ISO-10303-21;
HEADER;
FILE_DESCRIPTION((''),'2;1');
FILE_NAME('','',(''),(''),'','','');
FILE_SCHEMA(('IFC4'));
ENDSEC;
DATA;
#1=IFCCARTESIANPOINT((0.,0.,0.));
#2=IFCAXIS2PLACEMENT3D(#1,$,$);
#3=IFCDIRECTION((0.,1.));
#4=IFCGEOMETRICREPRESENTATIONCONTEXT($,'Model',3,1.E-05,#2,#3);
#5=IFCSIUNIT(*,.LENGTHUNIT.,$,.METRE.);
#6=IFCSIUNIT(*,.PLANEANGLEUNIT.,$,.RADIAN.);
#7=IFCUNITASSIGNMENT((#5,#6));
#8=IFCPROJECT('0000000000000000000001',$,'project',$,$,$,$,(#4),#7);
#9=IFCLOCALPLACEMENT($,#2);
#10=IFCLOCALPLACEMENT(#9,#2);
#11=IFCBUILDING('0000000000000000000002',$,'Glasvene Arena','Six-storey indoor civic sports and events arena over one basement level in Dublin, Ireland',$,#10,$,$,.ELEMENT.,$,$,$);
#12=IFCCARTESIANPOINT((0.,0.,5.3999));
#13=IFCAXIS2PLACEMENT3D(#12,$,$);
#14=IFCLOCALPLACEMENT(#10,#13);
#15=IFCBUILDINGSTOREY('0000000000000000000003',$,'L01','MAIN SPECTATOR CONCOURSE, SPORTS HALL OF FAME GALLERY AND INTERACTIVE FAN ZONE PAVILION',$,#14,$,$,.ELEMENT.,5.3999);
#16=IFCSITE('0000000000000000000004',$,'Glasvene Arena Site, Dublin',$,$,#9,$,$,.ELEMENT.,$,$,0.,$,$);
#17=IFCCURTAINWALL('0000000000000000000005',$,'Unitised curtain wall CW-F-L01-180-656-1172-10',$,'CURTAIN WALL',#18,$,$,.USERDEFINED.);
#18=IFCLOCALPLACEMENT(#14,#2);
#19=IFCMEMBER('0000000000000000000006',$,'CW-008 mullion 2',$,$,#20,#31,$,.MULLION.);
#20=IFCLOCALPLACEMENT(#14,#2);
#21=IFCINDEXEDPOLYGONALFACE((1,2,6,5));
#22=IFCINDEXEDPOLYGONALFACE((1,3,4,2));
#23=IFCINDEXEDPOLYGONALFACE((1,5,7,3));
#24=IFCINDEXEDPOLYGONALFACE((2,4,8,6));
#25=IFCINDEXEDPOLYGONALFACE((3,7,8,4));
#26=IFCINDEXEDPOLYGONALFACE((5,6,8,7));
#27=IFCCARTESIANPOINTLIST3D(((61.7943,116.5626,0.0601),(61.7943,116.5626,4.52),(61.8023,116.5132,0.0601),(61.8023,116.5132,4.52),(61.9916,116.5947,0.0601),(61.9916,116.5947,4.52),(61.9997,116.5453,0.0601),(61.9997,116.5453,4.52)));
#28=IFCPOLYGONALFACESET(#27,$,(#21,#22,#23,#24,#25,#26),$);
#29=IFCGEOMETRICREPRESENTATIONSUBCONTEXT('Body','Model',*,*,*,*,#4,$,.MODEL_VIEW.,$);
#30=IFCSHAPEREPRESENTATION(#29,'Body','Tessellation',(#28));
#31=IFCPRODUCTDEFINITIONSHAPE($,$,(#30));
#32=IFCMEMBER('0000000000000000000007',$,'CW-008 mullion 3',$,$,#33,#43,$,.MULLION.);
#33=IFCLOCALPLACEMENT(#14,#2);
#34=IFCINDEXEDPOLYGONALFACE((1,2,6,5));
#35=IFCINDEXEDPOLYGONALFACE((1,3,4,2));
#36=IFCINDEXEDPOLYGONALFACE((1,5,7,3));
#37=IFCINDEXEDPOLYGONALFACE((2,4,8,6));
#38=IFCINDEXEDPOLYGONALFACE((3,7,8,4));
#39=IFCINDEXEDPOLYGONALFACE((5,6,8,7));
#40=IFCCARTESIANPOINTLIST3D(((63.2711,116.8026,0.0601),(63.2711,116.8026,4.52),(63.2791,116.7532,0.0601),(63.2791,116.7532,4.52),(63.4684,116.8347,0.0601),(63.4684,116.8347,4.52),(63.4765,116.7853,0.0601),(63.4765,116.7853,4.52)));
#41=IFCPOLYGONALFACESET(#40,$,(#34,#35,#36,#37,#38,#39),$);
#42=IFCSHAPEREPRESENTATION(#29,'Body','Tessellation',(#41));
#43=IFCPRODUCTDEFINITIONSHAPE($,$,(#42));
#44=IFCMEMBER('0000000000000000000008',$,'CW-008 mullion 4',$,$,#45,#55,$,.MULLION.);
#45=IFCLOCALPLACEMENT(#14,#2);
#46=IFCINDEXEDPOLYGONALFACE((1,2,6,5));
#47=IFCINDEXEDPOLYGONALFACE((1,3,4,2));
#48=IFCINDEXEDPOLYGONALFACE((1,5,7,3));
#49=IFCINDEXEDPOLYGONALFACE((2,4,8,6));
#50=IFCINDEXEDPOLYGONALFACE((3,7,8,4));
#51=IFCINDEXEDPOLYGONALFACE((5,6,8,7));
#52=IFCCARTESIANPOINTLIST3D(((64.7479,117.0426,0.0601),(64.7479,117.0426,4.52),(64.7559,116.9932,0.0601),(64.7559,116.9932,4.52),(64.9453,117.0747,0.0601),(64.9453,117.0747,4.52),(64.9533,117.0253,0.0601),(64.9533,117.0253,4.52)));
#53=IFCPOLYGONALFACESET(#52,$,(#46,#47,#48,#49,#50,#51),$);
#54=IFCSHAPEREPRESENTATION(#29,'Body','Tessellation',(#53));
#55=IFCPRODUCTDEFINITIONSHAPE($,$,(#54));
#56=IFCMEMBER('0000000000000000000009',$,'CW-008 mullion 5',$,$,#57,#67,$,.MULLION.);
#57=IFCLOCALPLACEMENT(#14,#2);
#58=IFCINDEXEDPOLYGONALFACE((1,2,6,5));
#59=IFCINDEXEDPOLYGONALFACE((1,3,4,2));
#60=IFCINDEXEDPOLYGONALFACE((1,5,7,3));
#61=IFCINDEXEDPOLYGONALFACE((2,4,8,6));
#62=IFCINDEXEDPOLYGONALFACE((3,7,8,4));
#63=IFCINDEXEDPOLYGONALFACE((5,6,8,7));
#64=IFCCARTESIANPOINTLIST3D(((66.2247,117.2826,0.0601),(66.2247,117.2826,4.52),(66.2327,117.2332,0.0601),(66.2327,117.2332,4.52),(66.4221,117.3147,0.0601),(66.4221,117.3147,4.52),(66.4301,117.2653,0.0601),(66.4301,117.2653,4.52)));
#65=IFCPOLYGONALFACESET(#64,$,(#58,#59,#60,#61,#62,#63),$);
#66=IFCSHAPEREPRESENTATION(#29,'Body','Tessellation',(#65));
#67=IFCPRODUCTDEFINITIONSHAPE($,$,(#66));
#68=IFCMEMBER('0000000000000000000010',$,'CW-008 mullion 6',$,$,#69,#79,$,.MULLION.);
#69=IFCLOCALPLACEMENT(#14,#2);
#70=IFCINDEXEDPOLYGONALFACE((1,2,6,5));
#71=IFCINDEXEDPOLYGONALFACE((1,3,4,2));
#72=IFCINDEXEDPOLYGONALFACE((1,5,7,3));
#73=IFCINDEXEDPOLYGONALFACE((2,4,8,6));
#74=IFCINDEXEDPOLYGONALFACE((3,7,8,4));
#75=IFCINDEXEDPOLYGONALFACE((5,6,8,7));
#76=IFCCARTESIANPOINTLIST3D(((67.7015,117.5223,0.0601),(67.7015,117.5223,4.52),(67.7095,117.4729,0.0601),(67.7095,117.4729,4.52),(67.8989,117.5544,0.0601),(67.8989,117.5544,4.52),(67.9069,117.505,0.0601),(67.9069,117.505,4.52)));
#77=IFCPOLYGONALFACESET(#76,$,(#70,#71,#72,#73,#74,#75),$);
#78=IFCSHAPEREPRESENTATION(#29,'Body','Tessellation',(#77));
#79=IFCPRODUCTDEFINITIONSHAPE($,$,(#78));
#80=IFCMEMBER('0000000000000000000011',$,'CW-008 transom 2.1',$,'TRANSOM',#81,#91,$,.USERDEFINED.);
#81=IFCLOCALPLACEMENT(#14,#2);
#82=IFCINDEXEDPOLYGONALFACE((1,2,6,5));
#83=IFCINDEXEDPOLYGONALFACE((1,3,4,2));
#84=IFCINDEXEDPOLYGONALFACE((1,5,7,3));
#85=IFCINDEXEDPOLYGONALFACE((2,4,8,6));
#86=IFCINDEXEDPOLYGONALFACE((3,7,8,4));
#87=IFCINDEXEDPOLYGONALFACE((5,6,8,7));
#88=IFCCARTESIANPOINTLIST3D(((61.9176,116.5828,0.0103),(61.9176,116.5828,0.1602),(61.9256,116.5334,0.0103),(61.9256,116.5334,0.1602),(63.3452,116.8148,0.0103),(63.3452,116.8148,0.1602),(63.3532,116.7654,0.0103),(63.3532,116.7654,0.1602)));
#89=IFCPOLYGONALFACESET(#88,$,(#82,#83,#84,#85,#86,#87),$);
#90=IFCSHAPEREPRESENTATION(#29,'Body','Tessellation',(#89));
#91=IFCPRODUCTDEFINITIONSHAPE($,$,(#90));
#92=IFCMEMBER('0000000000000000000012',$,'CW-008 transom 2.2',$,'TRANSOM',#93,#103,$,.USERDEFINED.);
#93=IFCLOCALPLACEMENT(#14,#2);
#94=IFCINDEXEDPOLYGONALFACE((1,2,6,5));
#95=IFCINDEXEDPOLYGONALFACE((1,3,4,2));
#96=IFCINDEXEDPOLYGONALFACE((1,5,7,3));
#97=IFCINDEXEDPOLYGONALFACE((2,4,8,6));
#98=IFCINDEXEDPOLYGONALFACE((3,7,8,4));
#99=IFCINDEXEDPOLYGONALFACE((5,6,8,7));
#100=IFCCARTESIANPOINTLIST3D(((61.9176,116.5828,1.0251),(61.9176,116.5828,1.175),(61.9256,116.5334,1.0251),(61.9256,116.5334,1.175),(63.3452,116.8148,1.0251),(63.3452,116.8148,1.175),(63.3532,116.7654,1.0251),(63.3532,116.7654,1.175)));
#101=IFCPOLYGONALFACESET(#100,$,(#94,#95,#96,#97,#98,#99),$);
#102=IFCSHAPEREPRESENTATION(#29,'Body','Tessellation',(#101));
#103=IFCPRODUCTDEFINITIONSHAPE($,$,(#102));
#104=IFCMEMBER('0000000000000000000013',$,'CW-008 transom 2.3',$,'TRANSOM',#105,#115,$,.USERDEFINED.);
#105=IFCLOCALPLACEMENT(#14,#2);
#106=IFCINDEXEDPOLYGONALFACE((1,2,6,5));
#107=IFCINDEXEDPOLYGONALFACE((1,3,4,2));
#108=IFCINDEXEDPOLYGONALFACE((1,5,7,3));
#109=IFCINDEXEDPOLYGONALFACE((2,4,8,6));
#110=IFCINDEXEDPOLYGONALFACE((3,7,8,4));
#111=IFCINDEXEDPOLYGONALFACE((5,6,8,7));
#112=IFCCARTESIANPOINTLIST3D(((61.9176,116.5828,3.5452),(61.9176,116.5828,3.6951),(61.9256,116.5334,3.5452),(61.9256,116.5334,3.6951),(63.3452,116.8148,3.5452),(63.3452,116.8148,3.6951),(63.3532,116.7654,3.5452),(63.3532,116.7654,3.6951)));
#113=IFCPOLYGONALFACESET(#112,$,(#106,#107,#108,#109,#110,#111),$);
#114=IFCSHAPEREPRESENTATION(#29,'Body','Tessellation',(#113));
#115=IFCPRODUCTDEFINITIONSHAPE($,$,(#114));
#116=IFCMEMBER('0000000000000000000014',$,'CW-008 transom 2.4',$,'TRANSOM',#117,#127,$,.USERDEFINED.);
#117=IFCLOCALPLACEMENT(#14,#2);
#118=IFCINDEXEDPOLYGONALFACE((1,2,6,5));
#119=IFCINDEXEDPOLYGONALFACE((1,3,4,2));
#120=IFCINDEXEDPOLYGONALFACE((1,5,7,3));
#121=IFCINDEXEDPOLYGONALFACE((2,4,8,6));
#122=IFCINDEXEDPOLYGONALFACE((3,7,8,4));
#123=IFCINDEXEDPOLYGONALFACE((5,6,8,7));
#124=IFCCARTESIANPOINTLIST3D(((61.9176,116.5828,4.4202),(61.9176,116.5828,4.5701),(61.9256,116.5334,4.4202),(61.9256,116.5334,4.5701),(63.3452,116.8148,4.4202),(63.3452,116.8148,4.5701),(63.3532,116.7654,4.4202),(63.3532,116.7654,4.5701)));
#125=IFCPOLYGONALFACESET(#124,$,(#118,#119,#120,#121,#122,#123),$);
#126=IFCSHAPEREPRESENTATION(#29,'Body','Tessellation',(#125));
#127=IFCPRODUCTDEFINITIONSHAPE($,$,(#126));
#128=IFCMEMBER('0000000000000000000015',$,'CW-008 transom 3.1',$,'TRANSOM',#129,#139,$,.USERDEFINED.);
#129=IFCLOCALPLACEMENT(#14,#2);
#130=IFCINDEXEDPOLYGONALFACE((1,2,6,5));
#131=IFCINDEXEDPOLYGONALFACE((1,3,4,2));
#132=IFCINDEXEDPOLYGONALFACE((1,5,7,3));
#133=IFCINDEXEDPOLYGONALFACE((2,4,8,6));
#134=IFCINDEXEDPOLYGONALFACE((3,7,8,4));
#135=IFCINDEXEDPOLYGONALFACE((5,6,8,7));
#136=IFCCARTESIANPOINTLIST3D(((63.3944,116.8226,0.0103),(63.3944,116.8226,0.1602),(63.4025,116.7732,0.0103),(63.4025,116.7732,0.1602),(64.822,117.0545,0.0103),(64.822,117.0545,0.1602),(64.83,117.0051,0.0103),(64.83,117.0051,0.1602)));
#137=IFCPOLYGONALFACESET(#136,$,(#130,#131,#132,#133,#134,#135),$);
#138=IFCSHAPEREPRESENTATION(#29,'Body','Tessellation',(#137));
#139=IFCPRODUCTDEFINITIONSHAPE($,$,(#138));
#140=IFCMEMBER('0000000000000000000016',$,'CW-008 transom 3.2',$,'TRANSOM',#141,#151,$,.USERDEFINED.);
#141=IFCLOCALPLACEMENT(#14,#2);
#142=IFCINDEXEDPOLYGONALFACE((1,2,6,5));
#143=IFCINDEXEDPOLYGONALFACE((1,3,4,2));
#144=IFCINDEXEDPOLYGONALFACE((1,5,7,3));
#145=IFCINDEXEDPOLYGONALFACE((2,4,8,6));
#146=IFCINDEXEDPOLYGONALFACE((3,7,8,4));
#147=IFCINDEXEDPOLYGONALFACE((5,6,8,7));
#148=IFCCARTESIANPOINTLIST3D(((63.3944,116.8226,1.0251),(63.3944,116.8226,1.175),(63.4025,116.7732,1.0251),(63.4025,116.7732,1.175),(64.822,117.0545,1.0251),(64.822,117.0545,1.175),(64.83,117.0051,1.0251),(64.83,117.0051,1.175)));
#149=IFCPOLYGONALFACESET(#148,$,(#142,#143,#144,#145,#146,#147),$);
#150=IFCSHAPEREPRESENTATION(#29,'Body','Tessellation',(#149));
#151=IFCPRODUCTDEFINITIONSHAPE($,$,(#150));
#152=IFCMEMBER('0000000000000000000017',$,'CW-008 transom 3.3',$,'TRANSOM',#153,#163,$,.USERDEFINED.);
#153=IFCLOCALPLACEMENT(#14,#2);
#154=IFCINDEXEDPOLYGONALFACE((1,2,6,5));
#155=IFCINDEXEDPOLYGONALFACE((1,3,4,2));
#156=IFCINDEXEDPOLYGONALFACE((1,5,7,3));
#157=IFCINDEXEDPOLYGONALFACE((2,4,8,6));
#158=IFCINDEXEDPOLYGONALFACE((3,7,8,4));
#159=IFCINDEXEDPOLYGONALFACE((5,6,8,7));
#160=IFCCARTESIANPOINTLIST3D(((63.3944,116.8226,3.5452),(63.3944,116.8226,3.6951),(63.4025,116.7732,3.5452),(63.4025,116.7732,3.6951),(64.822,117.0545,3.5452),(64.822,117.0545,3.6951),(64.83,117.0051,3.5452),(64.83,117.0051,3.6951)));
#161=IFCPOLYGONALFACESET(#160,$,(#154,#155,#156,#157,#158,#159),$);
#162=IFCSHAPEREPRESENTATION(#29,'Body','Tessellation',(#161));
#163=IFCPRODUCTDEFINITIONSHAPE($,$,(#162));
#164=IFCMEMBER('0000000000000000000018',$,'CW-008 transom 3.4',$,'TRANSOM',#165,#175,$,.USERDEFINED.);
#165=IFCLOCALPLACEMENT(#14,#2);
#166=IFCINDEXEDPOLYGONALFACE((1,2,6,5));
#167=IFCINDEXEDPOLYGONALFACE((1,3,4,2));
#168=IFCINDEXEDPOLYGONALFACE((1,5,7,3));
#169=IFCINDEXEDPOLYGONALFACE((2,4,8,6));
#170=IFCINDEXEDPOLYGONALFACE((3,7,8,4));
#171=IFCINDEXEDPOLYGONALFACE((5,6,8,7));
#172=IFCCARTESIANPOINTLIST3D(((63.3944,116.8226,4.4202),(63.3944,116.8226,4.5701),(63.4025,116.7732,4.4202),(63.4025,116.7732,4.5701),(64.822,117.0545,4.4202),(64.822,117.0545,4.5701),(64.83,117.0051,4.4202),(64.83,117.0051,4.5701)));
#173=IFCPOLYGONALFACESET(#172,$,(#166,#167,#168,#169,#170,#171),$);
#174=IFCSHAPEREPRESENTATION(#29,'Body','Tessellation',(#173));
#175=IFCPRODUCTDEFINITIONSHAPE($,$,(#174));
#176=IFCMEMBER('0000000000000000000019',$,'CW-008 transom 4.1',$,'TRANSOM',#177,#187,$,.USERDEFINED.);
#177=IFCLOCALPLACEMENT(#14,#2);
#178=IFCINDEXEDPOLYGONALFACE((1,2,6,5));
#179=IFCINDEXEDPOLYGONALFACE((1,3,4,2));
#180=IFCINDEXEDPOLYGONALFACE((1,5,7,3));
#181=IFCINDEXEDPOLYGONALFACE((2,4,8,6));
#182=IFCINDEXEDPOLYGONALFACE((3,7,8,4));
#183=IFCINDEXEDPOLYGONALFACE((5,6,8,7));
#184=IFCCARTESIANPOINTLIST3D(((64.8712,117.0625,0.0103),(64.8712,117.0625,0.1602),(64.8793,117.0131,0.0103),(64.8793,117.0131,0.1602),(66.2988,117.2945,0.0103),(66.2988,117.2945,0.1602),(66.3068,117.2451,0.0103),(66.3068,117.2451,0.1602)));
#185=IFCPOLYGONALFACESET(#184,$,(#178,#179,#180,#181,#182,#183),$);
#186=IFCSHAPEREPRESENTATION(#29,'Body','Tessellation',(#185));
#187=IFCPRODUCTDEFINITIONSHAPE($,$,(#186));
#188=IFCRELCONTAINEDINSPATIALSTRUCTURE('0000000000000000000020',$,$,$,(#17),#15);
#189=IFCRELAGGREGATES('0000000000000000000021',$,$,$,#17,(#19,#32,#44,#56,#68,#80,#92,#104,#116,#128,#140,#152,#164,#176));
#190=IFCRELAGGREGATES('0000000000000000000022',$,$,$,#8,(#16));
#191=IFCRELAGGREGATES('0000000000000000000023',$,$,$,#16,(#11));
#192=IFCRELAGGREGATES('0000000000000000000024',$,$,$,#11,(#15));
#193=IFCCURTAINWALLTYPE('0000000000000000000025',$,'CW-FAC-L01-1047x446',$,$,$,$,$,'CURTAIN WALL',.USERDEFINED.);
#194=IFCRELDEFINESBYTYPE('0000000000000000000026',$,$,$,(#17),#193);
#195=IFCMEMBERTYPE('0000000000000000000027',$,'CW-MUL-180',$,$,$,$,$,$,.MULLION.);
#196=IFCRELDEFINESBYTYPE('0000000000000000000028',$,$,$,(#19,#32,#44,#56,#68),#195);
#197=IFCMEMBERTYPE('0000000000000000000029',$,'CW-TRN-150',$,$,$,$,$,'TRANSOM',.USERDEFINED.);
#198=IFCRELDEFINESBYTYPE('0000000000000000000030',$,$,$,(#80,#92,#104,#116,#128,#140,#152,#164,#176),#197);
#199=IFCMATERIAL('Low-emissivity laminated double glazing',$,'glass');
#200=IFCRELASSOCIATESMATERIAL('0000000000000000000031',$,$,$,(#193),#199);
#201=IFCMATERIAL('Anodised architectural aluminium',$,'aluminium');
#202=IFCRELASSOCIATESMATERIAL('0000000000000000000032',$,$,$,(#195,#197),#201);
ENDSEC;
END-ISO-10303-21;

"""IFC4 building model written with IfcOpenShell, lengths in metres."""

from ifc_helpers import new_model, si_unit, direction, frame, origin, origin_2d, place, context, subcontext, project, spatial, rectangle, extrude, material, material_profile, profile_set, type_object, element, aggregate, save


model = new_model("IFC4")

# Units and contexts
model_context = context("Model", 3, precision=1e-05, world=origin(), true_north=direction((0.0, 1.0)))
body_context = subcontext(model_context, "Body", "Model", "MODEL_VIEW")
ifc_project = project(units=[si_unit("LENGTHUNIT", "METRE"), si_unit("PLANEANGLEUNIT", "RADIAN")], contexts=[model_context])

# Site, building, storey
site_placement = place(None, origin())
site = spatial("IfcSite", under=ifc_project, at=site_placement, Name="Glasvene Arena Site, Dublin", CompositionType="ELEMENT", RefElevation=0.0)
building_placement = place(site_placement, origin())
building = spatial("IfcBuilding", under=site, at=building_placement, Name="Glasvene Arena", Description="Six-storey indoor civic sports and events arena over one basement level in Dublin, Ireland", CompositionType="ELEMENT")
storey_placement = place(building_placement, frame((0.0, 0.0, 5.3999)))
storey = spatial("IfcBuildingStorey", under=building, at=storey_placement, Name="L01", Description="MAIN SPECTATOR CONCOURSE, SPORTS HALL OF FAME GALLERY AND INTERACTIVE FAN ZONE PAVILION", CompositionType="ELEMENT", Elevation=5.3999)

# Curtain wall, members
ifc_material_1 = material(Name="Low-emissivity laminated double glazing", Category="glass")
curtain_wall_type = type_object("IfcCurtainWallType", Name="CW-FAC-L01-1047x446", ElementType="CURTAIN WALL", PredefinedType="USERDEFINED", material=ifc_material_1)
curtain_wall_placement = place(storey_placement, frame((60.4204, 116.3142, 0.0)))
curtain_wall = element("IfcCurtainWall", 1, at=curtain_wall_placement, inside=storey, type_object=curtain_wall_type, Name="Unitised curtain wall CW-F-L01-180-656-1172-10", ObjectType="CURTAIN WALL", PredefinedType="USERDEFINED")
ifc_material_2 = material(Name="Anodised architectural aluminium", Category="aluminium")
ifc_material_profile_1 = material_profile(ifc_material_2, rectangle(XDim=0.05, YDim=0.2, at=origin_2d()), Name="ALU MULLION 50x200")
ifc_profile_set_1 = profile_set([ifc_material_profile_1], Name="Anodised architectural aluminium")
member_type_1 = type_object("IfcMemberType", Name="CW-MUL-180", PredefinedType="MULLION", material=ifc_profile_set_1)
member_1_placement = place(storey_placement, frame((61.897, 116.554, 0.0601), z_axis=(0.0, 0.0, 1.0), x_axis=(-0.160367, 0.987057, 0.0)))
member_1 = element("IfcMember", 2, at=member_1_placement, type_object=member_type_1, Name="CW-008 mullion 2", PredefinedType="MULLION", context=body_context, shape_type="SweptSolid", body=[
    extrude(rectangle(XDim=0.05, YDim=0.2, at=origin_2d()), origin(), (0.0, 0.0, 1.0), 4.46),
])
member_2_placement = place(storey_placement, frame((63.3738, 116.7939, 0.0601), z_axis=(0.0, 0.0, 1.0), x_axis=(-0.160367, 0.987057, 0.0)))
member_2 = element("IfcMember", 3, at=member_2_placement, type_object=member_type_1, Name="CW-008 mullion 3", PredefinedType="MULLION", context=body_context, shape_type="SweptSolid", body=[
    extrude(rectangle(XDim=0.05, YDim=0.2, at=origin_2d()), origin(), (0.0, 0.0, 1.0), 4.46),
])
member_3_placement = place(storey_placement, frame((64.8506, 117.0339, 0.0601), z_axis=(0.0, 0.0, 1.0), x_axis=(-0.160367, 0.987057, 0.0)))
member_3 = element("IfcMember", 4, at=member_3_placement, type_object=member_type_1, Name="CW-008 mullion 4", PredefinedType="MULLION", context=body_context, shape_type="SweptSolid", body=[
    extrude(rectangle(XDim=0.05, YDim=0.2, at=origin_2d()), origin(), (0.0, 0.0, 1.0), 4.46),
])
member_4_placement = place(storey_placement, frame((66.3274, 117.2739, 0.0601), z_axis=(0.0, 0.0, 1.0), x_axis=(-0.160367, 0.987057, 0.0)))
member_4 = element("IfcMember", 5, at=member_4_placement, type_object=member_type_1, Name="CW-008 mullion 5", PredefinedType="MULLION", context=body_context, shape_type="SweptSolid", body=[
    extrude(rectangle(XDim=0.05, YDim=0.2, at=origin_2d()), origin(), (0.0, 0.0, 1.0), 4.46),
])
member_5_placement = place(storey_placement, frame((67.8042, 117.5137, 0.0601), z_axis=(0.0, 0.0, 1.0), x_axis=(-0.160367, 0.987057, 0.0)))
member_5 = element("IfcMember", 6, at=member_5_placement, type_object=member_type_1, Name="CW-008 mullion 6", PredefinedType="MULLION", context=body_context, shape_type="SweptSolid", body=[
    extrude(rectangle(XDim=0.05, YDim=0.2, at=origin_2d()), origin(), (0.0, 0.0, 1.0), 4.46),
])
ifc_material_profile_2 = material_profile(ifc_material_2, rectangle(XDim=0.05, YDim=0.1499, at=origin_2d()), Name="ALU TRANSOM 50x150")
ifc_profile_set_2 = profile_set([ifc_material_profile_2], Name="Anodised architectural aluminium")
member_type_2 = type_object("IfcMemberType", Name="CW-TRN-150", ElementType="TRANSOM", PredefinedType="USERDEFINED", material=ifc_profile_set_2)
member_6_placement = place(storey_placement, frame((61.9216, 116.5581, 0.0852), z_axis=(0.987056, 0.160373, 0.0), x_axis=(-0.160373, 0.987056, 0.0)))
member_6 = element("IfcMember", 7, at=member_6_placement, type_object=member_type_2, Name="CW-008 transom 2.1", ObjectType="TRANSOM", PredefinedType="USERDEFINED", context=body_context, shape_type="SweptSolid", body=[
    extrude(rectangle(XDim=0.05, YDim=0.1499, at=origin_2d()), origin(), (0.0, 0.0, 1.0), 1.4463),
])
member_7_placement = place(storey_placement, frame((61.9216, 116.5581, 1.1001), z_axis=(0.987056, 0.160373, 0.0), x_axis=(-0.160373, 0.987056, 0.0)))
member_7 = element("IfcMember", 8, at=member_7_placement, type_object=member_type_2, Name="CW-008 transom 2.2", ObjectType="TRANSOM", PredefinedType="USERDEFINED", context=body_context, shape_type="SweptSolid", body=[
    extrude(rectangle(XDim=0.05, YDim=0.1499, at=origin_2d()), origin(), (0.0, 0.0, 1.0), 1.4463),
])
member_8_placement = place(storey_placement, frame((61.9216, 116.5581, 3.6201), z_axis=(0.987056, 0.160373, 0.0), x_axis=(-0.160373, 0.987056, 0.0)))
member_8 = element("IfcMember", 9, at=member_8_placement, type_object=member_type_2, Name="CW-008 transom 2.3", ObjectType="TRANSOM", PredefinedType="USERDEFINED", context=body_context, shape_type="SweptSolid", body=[
    extrude(rectangle(XDim=0.05, YDim=0.1499, at=origin_2d()), origin(), (0.0, 0.0, 1.0), 1.4463),
])
member_9_placement = place(storey_placement, frame((61.9216, 116.5581, 4.4951), z_axis=(0.987056, 0.160373, 0.0), x_axis=(-0.160373, 0.987056, 0.0)))
member_9 = element("IfcMember", 10, at=member_9_placement, type_object=member_type_2, Name="CW-008 transom 2.4", ObjectType="TRANSOM", PredefinedType="USERDEFINED", context=body_context, shape_type="SweptSolid", body=[
    extrude(rectangle(XDim=0.05, YDim=0.1499, at=origin_2d()), origin(), (0.0, 0.0, 1.0), 1.4463),
])
member_10_placement = place(storey_placement, frame((63.3984, 116.7979, 0.0852), z_axis=(0.987056, 0.160373, 0.0), x_axis=(-0.160373, 0.987056, 0.0)))
member_10 = element("IfcMember", 11, at=member_10_placement, type_object=member_type_2, Name="CW-008 transom 3.1", ObjectType="TRANSOM", PredefinedType="USERDEFINED", context=body_context, shape_type="SweptSolid", body=[
    extrude(rectangle(XDim=0.05, YDim=0.1499, at=origin_2d()), origin(), (0.0, 0.0, 1.0), 1.4463),
])
member_11_placement = place(storey_placement, frame((63.3984, 116.7979, 1.1001), z_axis=(0.987056, 0.160373, 0.0), x_axis=(-0.160373, 0.987056, 0.0)))
member_11 = element("IfcMember", 12, at=member_11_placement, type_object=member_type_2, Name="CW-008 transom 3.2", ObjectType="TRANSOM", PredefinedType="USERDEFINED", context=body_context, shape_type="SweptSolid", body=[
    extrude(rectangle(XDim=0.05, YDim=0.1499, at=origin_2d()), origin(), (0.0, 0.0, 1.0), 1.4463),
])
member_12_placement = place(storey_placement, frame((63.3984, 116.7979, 3.6201), z_axis=(0.987056, 0.160373, 0.0), x_axis=(-0.160373, 0.987056, 0.0)))
member_12 = element("IfcMember", 13, at=member_12_placement, type_object=member_type_2, Name="CW-008 transom 3.3", ObjectType="TRANSOM", PredefinedType="USERDEFINED", context=body_context, shape_type="SweptSolid", body=[
    extrude(rectangle(XDim=0.05, YDim=0.1499, at=origin_2d()), origin(), (0.0, 0.0, 1.0), 1.4463),
])
member_13_placement = place(storey_placement, frame((63.3984, 116.7979, 4.4951), z_axis=(0.987056, 0.160373, 0.0), x_axis=(-0.160373, 0.987056, 0.0)))
member_13 = element("IfcMember", 14, at=member_13_placement, type_object=member_type_2, Name="CW-008 transom 3.4", ObjectType="TRANSOM", PredefinedType="USERDEFINED", context=body_context, shape_type="SweptSolid", body=[
    extrude(rectangle(XDim=0.05, YDim=0.1499, at=origin_2d()), origin(), (0.0, 0.0, 1.0), 1.4463),
])
member_14_placement = place(storey_placement, frame((64.8752, 117.0378, 0.0852), z_axis=(0.987056, 0.160373, 0.0), x_axis=(-0.160373, 0.987056, 0.0)))
member_14 = element("IfcMember", 15, at=member_14_placement, type_object=member_type_2, Name="CW-008 transom 4.1", ObjectType="TRANSOM", PredefinedType="USERDEFINED", context=body_context, shape_type="SweptSolid", body=[
    extrude(rectangle(XDim=0.05, YDim=0.1499, at=origin_2d()), origin(), (0.0, 0.0, 1.0), 1.4463),
])
aggregate(curtain_wall, [member_1, member_2, member_3, member_4, member_5, member_6, member_7, member_8, member_9, member_10, member_11, member_12, member_13, member_14])

save(model, "model.ifc")
